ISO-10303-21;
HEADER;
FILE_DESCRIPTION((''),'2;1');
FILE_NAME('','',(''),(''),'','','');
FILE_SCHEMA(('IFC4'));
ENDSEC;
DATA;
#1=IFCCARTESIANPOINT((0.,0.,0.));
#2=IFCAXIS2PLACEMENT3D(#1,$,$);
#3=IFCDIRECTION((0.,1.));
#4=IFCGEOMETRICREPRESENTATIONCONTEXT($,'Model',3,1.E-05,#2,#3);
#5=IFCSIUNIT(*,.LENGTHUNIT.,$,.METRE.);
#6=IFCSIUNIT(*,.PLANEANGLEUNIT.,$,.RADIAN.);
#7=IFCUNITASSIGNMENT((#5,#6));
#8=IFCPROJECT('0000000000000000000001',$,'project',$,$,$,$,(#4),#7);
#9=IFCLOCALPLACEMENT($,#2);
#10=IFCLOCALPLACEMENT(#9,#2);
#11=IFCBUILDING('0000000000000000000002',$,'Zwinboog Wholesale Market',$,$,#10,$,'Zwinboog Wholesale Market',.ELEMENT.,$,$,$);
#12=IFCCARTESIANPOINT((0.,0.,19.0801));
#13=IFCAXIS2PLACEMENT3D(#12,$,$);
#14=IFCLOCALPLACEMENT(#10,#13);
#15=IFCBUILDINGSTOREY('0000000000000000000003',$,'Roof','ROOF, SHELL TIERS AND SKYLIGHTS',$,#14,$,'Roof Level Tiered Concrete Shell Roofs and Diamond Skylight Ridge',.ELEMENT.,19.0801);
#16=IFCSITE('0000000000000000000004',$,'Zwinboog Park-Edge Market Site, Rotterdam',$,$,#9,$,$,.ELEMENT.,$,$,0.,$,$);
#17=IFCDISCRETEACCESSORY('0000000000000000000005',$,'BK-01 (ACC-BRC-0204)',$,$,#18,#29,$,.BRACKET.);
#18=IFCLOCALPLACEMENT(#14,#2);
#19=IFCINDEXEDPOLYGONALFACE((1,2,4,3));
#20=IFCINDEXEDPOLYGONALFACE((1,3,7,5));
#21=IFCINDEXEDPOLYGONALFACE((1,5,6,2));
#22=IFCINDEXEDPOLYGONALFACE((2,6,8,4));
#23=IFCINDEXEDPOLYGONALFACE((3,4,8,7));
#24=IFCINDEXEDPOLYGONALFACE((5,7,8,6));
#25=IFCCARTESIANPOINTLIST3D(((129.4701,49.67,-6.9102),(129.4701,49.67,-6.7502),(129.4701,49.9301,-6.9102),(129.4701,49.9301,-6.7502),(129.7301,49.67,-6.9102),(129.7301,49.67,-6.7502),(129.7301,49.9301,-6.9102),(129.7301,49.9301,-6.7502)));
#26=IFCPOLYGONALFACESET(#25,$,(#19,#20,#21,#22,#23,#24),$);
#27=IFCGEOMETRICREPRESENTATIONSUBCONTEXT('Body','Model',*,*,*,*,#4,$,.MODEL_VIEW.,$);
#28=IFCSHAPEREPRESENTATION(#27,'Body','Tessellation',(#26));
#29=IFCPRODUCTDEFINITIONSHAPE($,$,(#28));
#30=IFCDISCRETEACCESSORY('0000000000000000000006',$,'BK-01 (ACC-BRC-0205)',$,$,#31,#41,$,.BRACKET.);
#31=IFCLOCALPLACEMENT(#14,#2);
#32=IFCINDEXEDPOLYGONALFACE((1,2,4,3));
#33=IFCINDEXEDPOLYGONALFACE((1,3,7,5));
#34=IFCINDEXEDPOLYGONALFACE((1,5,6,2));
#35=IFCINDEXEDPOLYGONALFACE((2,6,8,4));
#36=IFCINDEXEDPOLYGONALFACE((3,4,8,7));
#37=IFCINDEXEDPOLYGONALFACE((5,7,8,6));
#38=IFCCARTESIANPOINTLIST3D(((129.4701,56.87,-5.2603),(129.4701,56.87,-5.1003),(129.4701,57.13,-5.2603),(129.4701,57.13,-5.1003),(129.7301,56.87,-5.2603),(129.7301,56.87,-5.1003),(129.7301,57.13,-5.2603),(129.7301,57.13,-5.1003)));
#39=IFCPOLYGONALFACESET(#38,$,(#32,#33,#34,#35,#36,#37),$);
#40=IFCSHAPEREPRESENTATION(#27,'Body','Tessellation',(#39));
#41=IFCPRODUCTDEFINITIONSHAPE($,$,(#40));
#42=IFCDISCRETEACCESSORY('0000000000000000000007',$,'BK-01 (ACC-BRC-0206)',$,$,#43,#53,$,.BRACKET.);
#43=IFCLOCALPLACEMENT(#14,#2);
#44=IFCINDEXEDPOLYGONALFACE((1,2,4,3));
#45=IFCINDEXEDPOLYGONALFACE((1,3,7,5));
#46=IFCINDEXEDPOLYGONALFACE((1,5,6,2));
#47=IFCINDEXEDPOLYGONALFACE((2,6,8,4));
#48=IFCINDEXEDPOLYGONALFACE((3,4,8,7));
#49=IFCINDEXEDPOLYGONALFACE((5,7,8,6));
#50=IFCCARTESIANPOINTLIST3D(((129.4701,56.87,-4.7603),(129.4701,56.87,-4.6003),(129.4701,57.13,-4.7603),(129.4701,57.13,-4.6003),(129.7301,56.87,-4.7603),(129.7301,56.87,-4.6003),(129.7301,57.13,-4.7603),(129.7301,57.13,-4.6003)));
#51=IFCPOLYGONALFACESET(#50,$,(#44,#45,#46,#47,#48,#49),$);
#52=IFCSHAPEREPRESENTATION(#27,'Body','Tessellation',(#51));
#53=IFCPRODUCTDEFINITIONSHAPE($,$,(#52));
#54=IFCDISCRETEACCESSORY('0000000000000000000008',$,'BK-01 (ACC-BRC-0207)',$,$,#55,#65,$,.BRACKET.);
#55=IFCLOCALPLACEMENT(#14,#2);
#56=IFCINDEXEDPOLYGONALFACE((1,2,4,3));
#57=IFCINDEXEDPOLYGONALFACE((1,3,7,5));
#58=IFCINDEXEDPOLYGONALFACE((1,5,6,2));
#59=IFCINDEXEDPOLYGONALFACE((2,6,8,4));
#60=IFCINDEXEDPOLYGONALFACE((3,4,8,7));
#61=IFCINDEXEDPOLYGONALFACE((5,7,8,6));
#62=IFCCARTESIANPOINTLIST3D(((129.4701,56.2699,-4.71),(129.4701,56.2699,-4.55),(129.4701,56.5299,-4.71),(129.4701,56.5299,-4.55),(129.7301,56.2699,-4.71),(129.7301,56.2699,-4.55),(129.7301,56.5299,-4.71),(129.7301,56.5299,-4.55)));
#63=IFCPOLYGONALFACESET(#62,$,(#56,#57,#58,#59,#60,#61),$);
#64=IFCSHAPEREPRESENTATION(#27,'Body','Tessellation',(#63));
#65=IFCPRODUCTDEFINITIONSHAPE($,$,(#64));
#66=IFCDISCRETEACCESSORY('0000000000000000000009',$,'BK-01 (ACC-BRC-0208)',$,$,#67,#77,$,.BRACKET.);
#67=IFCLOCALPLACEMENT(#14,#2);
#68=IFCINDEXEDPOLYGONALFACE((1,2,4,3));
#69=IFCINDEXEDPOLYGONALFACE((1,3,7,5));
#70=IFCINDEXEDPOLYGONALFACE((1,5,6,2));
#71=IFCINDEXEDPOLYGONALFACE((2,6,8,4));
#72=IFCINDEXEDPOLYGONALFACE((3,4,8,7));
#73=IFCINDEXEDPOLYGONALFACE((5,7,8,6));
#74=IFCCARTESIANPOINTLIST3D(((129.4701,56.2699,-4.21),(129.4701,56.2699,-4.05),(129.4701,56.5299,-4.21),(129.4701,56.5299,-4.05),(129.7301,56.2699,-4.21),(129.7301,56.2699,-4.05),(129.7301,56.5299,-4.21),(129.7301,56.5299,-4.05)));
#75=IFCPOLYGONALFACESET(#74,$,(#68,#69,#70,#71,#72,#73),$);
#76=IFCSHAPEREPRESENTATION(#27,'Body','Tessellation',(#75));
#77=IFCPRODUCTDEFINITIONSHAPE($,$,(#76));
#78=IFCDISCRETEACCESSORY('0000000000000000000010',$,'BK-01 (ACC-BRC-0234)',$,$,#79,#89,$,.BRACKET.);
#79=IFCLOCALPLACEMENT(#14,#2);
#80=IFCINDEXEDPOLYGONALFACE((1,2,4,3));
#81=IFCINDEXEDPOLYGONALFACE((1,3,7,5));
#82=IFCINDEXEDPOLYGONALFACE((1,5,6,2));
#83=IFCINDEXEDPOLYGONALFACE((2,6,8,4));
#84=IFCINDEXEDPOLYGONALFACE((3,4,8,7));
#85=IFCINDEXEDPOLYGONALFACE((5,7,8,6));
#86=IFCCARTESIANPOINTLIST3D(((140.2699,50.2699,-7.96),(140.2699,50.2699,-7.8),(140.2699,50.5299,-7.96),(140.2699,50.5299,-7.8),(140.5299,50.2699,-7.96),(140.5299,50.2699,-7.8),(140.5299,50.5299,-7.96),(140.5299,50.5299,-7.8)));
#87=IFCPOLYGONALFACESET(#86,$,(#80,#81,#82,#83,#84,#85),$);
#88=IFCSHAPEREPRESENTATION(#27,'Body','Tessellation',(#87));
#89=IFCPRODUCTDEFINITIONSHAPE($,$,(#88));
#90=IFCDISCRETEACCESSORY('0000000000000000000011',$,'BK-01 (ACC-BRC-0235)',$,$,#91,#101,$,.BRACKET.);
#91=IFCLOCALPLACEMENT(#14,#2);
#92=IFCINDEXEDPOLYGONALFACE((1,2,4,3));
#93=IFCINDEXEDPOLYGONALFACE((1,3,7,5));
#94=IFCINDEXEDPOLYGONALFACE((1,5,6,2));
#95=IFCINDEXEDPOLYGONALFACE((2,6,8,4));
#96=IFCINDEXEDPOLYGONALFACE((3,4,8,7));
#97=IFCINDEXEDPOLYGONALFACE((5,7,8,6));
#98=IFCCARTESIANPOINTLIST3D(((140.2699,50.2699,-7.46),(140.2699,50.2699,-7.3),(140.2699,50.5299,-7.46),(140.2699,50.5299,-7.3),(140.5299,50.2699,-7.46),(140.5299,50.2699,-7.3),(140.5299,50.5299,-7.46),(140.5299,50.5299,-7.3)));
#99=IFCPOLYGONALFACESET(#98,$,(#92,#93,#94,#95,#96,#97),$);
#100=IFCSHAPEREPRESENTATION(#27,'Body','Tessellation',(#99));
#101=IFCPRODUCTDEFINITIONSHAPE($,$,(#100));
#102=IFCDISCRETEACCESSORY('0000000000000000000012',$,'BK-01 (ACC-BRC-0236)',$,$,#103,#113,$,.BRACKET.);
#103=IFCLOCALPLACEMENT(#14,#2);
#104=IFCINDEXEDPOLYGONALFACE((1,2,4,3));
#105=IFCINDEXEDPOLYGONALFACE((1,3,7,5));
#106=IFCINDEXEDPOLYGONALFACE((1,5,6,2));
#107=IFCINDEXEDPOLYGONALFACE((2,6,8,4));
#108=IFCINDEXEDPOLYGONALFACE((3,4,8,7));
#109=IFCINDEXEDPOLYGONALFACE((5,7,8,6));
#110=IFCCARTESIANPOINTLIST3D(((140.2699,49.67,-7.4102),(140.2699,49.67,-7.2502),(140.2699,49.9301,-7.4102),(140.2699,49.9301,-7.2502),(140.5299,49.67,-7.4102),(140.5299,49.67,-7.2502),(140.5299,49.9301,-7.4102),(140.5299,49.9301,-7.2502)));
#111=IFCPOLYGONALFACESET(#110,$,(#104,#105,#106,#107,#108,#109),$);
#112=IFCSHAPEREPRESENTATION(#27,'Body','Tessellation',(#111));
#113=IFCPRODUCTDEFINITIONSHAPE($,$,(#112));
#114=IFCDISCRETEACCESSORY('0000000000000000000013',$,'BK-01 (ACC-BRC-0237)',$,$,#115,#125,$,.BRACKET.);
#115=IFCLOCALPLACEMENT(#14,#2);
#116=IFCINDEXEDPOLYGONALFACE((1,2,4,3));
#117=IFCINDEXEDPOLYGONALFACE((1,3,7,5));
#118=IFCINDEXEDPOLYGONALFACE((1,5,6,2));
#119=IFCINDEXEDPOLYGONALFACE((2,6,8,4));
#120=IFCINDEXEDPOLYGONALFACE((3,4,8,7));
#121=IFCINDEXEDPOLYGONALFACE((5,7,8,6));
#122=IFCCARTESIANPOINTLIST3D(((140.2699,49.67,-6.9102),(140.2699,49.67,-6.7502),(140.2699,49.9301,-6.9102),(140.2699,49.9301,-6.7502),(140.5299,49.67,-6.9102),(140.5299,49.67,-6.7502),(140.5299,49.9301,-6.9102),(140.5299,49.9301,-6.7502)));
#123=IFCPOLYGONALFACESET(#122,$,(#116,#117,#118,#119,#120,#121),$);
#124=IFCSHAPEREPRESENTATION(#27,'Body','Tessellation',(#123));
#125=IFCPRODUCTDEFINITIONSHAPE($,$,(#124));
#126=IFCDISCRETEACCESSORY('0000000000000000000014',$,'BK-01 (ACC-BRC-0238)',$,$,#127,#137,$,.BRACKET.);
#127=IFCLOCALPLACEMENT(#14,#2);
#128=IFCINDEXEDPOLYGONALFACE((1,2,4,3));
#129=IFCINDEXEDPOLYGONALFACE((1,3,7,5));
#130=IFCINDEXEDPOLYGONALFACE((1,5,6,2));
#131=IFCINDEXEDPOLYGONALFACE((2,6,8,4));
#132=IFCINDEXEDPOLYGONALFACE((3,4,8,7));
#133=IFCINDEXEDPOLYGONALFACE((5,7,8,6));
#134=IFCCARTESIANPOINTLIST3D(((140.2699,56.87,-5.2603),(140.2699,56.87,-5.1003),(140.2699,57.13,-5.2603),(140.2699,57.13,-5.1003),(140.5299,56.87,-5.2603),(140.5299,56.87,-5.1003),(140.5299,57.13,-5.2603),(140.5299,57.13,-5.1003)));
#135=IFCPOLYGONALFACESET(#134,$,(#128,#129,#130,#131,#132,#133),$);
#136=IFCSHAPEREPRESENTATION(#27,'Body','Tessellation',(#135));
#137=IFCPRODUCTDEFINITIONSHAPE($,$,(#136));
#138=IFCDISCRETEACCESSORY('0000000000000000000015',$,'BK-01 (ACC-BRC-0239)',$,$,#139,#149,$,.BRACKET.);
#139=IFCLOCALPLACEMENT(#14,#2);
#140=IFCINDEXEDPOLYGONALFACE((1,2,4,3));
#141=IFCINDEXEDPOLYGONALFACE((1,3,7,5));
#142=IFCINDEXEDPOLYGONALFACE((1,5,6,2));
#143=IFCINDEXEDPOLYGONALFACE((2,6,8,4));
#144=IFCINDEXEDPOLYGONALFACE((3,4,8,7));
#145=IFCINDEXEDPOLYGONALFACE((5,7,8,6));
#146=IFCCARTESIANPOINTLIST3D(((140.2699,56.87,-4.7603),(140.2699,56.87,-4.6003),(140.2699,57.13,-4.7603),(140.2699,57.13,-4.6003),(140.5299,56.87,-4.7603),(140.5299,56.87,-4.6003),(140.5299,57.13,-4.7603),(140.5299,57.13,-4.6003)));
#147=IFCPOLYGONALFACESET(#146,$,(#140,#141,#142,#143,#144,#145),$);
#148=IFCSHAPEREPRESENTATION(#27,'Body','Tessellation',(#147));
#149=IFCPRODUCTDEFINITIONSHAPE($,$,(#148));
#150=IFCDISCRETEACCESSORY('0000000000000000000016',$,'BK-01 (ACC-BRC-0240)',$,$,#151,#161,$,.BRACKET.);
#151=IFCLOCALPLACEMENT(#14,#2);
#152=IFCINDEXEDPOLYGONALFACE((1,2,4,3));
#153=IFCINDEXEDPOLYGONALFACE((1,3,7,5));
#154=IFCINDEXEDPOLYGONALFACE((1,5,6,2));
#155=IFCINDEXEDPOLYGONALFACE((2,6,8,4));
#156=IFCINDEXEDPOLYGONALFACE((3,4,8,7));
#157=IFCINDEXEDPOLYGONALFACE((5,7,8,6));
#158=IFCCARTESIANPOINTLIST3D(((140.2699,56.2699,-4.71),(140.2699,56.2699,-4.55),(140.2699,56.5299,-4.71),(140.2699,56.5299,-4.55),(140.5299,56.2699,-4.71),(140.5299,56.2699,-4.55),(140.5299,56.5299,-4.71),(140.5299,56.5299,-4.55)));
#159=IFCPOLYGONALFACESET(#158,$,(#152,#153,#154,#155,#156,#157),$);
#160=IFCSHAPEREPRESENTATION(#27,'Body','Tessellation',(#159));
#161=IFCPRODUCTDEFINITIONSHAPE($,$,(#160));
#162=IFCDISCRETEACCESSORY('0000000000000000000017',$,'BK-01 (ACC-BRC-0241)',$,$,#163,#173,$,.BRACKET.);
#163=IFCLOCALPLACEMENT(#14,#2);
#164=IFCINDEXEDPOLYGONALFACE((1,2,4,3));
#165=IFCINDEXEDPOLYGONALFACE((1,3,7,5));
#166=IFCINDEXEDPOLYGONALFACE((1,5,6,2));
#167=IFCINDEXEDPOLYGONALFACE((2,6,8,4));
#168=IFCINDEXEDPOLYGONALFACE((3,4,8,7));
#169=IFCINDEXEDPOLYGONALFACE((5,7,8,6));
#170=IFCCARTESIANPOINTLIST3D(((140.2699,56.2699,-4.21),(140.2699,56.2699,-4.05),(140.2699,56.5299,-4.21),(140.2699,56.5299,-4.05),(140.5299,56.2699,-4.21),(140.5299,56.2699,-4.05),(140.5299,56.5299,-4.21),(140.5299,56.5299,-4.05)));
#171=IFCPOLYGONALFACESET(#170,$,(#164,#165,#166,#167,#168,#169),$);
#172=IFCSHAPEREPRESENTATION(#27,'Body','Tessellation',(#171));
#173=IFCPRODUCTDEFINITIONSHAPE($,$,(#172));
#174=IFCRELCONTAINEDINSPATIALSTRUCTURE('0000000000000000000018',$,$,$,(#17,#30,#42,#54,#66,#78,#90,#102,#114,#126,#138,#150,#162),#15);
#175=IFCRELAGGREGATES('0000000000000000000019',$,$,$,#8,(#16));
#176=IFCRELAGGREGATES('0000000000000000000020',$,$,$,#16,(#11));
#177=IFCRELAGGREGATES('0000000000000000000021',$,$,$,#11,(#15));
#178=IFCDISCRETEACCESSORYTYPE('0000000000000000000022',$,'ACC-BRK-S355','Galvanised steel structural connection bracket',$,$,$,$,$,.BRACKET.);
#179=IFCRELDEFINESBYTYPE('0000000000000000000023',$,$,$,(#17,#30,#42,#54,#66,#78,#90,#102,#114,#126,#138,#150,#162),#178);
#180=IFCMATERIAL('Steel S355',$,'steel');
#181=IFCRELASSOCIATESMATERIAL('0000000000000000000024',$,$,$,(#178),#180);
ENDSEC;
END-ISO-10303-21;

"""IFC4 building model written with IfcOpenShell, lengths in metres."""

from ifc_helpers import new_model, si_unit, direction, frame, origin, origin_2d, place, context, subcontext, project, spatial, rectangle, extrude, material, type_object, element, save


model = new_model("IFC4")

# Units and contexts
model_context = context("Model", 3, precision=1e-05, world=origin(), true_north=direction((0.0, 1.0)))
body_context = subcontext(model_context, "Body", "Model", "MODEL_VIEW")
ifc_project = project(units=[si_unit("LENGTHUNIT", "METRE"), si_unit("PLANEANGLEUNIT", "RADIAN")], contexts=[model_context])

# Site, building, storey
site_placement = place(None, origin())
site = spatial("IfcSite", under=ifc_project, at=site_placement, Name="Zwinboog Park-Edge Market Site, Rotterdam", CompositionType="ELEMENT", RefElevation=0.0)
building_placement = place(site_placement, origin())
building = spatial("IfcBuilding", under=site, at=building_placement, Name="Zwinboog Wholesale Market", LongName="Zwinboog Wholesale Market", CompositionType="ELEMENT")
storey_placement = place(building_placement, frame((0.0, 0.0, 19.0801)))
storey = spatial("IfcBuildingStorey", under=building, at=storey_placement, Name="Roof", Description="ROOF, SHELL TIERS AND SKYLIGHTS", LongName="Roof Level Tiered Concrete Shell Roofs and Diamond Skylight Ridge", CompositionType="ELEMENT", Elevation=19.0801)

# Shared definitions
ifc_material_1 = material(Name="Steel S355", Category="steel")

# Discrete accessories
discrete_accessory_type = type_object("IfcDiscreteAccessoryType", Name="ACC-BRK-S355", Description="Galvanised steel structural connection bracket", PredefinedType="BRACKET", material=ifc_material_1)
for number, where, z_axis, x_axis, name in (
    (1, (129.6001, 49.8, -6.9102), (0.0, 0.0, 1.0), (1.0, 0.0, 0.0), "BK-01 (ACC-BRC-0204)"),
    (2, (129.6001, 57.0, -5.2603), (0.0, 0.0, 1.0), (1.0, 0.0, 0.0), "BK-01 (ACC-BRC-0205)"),
    (3, (129.6001, 57.0, -4.7603), (0.0, 0.0, 1.0), (1.0, 0.0, 0.0), "BK-01 (ACC-BRC-0206)"),
    (4, (129.6001, 56.3999, -4.71), (0.0, 0.0, 1.0), (1.0, 0.0, 0.0), "BK-01 (ACC-BRC-0207)"),
    (5, (129.6001, 56.3999, -4.21), (0.0, 0.0, 1.0), (1.0, 0.0, 0.0), "BK-01 (ACC-BRC-0208)"),
    (6, (140.3999, 50.3999, -7.96), (0.0, 0.0, 1.0), (1.0, 0.0, 0.0), "BK-01 (ACC-BRC-0234)"),
    (7, (140.3999, 50.3999, -7.46), (0.0, 0.0, 1.0), (1.0, 0.0, 0.0), "BK-01 (ACC-BRC-0235)"),
    (8, (140.3999, 49.8, -7.4102), (0.0, 0.0, 1.0), (1.0, 0.0, 0.0), "BK-01 (ACC-BRC-0236)"),
    (9, (140.3999, 49.8, -6.9102), (0.0, 0.0, 1.0), (1.0, 0.0, 0.0), "BK-01 (ACC-BRC-0237)"),
    (10, (140.3999, 57.0, -5.2603), (0.0, 0.0, 1.0), (1.0, 0.0, 0.0), "BK-01 (ACC-BRC-0238)"),
    (11, (140.3999, 57.0, -4.7603), (0.0, 0.0, 1.0), (1.0, 0.0, 0.0), "BK-01 (ACC-BRC-0239)"),
    (12, (140.3999, 56.3999, -4.71), (0.0, 0.0, 1.0), (1.0, 0.0, 0.0), "BK-01 (ACC-BRC-0240)"),
    (13, (140.3999, 56.3999, -4.21), (0.0, 0.0, 1.0), (1.0, 0.0, 0.0), "BK-01 (ACC-BRC-0241)"),
):
    element("IfcDiscreteAccessory", number, at=place(storey_placement, frame(where, z_axis=z_axis, x_axis=x_axis)), inside=storey, type_object=discrete_accessory_type, Name=name, PredefinedType="BRACKET", context=body_context, shape_type="SweptSolid", body=[
        extrude(rectangle(XDim=0.26, YDim=0.26, at=origin_2d()), origin(), (0.0, 0.0, 1.0), 0.1599),
    ])

save(model, "model.ifc")
